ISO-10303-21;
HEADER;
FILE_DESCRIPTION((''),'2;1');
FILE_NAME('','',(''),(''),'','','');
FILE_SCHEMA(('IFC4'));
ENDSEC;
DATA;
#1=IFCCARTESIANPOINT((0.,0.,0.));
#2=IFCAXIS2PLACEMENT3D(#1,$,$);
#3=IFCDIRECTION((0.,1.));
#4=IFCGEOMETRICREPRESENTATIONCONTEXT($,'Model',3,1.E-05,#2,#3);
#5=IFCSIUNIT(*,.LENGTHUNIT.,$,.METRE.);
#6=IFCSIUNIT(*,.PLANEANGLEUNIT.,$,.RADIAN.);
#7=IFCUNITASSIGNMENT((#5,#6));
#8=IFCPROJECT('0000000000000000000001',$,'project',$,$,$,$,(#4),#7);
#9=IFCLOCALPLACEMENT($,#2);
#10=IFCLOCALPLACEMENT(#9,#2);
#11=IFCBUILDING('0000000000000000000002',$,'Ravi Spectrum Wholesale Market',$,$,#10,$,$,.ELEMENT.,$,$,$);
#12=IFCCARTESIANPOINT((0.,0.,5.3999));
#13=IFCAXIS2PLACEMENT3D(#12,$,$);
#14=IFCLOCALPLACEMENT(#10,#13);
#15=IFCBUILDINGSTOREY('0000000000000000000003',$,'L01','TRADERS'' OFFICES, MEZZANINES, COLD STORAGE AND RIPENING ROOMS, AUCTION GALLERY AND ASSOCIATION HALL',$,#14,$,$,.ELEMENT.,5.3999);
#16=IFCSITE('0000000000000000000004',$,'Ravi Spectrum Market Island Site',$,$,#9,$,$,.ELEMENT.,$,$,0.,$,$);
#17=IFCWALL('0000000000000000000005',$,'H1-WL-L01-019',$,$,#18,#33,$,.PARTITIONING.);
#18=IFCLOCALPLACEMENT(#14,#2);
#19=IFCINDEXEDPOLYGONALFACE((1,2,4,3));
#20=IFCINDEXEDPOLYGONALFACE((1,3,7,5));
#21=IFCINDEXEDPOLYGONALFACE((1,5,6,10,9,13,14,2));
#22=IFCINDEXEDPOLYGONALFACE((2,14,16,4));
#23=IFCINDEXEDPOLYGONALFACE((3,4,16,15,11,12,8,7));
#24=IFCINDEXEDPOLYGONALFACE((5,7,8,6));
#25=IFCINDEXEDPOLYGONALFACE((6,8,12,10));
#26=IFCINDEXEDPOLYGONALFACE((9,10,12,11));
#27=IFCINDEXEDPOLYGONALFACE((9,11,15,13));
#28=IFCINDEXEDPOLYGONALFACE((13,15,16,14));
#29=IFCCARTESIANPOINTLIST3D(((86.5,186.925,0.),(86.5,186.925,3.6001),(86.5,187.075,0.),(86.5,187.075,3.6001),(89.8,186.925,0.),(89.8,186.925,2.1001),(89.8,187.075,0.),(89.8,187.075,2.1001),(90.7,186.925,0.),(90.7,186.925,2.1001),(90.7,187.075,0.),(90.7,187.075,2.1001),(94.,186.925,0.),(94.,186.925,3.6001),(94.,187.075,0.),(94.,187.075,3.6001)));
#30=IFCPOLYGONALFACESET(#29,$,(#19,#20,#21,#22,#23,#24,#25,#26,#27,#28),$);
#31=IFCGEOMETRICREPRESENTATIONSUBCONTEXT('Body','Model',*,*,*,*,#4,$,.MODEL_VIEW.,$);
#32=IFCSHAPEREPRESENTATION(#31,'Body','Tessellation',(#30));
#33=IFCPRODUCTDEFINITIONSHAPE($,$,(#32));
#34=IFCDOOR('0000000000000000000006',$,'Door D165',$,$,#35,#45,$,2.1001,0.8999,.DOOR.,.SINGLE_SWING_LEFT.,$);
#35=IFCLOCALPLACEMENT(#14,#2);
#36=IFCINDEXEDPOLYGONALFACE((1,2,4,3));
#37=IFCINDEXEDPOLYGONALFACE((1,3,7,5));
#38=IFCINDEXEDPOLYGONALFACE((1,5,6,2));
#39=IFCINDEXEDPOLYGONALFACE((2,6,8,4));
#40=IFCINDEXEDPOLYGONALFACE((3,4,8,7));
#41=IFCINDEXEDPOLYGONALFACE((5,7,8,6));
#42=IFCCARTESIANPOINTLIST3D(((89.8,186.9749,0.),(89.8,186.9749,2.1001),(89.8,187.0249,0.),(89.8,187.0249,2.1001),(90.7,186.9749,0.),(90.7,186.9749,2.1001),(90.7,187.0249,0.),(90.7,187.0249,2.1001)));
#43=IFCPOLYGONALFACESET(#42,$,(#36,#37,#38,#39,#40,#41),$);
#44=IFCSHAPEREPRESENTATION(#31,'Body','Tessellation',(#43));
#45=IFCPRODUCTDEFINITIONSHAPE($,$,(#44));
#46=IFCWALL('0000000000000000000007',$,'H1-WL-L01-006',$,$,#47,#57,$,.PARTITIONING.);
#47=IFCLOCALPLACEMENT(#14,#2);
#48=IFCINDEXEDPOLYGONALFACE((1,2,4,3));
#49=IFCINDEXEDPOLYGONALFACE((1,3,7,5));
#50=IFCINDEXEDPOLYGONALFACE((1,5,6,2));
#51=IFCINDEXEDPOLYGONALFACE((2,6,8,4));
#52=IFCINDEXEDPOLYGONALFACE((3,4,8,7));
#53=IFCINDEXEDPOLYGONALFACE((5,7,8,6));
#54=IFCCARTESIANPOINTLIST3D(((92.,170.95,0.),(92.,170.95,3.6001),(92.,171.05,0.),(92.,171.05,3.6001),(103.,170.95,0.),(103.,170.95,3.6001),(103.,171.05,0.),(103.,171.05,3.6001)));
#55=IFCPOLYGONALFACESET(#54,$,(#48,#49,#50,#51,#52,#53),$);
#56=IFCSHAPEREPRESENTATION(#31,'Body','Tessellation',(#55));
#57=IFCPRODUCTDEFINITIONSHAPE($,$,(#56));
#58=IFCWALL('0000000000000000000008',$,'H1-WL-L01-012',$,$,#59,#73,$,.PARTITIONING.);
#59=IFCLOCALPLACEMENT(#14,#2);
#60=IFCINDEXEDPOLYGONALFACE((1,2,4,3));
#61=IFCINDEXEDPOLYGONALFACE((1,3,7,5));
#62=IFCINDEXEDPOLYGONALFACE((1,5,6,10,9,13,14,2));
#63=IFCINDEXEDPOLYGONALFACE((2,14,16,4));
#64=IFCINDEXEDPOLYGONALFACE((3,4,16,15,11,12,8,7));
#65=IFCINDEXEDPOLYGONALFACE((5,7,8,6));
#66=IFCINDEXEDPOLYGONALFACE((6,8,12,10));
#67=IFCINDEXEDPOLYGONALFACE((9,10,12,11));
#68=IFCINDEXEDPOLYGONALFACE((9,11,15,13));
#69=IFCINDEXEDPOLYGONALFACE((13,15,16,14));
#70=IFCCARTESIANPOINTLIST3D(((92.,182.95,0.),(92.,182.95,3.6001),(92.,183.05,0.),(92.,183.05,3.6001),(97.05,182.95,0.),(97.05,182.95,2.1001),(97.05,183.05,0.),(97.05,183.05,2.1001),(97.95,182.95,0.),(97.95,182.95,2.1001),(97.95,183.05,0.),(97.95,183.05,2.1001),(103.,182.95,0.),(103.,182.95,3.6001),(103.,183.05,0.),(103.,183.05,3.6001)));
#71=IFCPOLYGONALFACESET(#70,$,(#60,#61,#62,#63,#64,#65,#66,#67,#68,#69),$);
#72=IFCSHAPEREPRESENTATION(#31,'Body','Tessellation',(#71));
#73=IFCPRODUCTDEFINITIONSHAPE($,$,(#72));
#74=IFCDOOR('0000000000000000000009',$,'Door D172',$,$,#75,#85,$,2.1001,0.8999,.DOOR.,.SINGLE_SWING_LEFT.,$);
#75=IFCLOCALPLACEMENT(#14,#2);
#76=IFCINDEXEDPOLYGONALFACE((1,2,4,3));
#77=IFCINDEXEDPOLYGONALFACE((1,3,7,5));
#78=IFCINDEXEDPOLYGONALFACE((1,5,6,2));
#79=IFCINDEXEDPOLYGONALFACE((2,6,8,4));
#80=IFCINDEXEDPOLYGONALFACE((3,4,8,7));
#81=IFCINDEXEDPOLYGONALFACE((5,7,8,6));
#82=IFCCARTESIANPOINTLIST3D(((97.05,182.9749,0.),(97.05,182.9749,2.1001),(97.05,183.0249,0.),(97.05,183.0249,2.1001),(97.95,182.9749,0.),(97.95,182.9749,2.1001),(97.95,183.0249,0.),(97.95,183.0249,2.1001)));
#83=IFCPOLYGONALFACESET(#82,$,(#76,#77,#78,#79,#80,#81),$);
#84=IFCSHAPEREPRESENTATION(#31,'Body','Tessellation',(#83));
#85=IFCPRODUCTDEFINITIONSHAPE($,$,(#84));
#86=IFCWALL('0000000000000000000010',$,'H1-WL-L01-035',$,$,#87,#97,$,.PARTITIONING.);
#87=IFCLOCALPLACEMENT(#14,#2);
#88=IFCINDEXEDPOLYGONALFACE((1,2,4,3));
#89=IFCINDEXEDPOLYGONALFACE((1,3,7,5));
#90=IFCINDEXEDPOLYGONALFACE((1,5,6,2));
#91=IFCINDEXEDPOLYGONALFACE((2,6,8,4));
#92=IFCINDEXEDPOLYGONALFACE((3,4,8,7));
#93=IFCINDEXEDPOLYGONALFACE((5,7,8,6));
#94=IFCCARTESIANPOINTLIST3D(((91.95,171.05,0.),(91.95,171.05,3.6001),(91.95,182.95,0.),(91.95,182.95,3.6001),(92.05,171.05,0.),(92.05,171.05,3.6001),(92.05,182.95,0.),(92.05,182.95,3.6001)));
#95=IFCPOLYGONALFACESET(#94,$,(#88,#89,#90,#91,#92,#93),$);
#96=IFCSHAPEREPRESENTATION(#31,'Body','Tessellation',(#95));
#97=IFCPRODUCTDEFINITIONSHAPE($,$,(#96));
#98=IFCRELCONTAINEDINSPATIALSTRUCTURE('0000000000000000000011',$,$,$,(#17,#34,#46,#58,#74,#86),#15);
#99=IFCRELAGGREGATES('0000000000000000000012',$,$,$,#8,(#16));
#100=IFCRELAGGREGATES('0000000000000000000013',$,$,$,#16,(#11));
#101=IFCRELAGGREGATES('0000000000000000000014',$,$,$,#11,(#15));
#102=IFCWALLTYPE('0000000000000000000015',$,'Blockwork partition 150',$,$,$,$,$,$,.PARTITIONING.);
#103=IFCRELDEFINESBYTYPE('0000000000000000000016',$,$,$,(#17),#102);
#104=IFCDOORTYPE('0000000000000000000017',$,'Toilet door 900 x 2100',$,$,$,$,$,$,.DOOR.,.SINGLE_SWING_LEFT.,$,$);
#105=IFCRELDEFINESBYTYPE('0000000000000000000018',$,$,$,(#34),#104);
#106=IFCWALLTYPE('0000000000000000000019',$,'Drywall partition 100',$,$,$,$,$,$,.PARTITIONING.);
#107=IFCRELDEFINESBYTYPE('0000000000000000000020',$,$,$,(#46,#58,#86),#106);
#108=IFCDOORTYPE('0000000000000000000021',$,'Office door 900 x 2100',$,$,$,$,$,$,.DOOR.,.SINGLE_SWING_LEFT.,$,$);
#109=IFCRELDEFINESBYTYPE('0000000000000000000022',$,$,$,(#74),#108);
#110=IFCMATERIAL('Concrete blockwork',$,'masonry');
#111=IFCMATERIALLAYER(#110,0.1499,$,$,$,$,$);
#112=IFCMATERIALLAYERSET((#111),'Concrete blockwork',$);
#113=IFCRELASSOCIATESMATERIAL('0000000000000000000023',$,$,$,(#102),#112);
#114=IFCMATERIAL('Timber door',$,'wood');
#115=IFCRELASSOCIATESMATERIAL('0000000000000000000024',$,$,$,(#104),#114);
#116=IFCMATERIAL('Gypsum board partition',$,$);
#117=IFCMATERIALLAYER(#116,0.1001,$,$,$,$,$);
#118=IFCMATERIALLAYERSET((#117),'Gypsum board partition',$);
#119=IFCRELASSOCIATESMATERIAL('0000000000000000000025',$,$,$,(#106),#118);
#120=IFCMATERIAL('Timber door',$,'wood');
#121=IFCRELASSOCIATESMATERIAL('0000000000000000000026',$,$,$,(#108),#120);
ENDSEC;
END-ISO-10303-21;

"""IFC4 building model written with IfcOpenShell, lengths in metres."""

from ifc_helpers import new_model, si_unit, direction, frame, frame_2d, origin, place, context, subcontext, project, spatial, rectangle, extrude, material, layer, layer_set, type_object, element, fill, save


model = new_model("IFC4")

# Units and contexts
model_context = context("Model", 3, precision=1e-05, world=origin(), true_north=direction((0.0, 1.0)))
body_context = subcontext(model_context, "Body", "Model", "MODEL_VIEW")
ifc_project = project(units=[si_unit("LENGTHUNIT", "METRE"), si_unit("PLANEANGLEUNIT", "RADIAN")], contexts=[model_context])

# Site, building, storey
site_placement = place(None, origin())
site = spatial("IfcSite", under=ifc_project, at=site_placement, Name="Ravi Spectrum Market Island Site", CompositionType="ELEMENT", RefElevation=0.0)
building_placement = place(site_placement, origin())
building = spatial("IfcBuilding", under=site, at=building_placement, Name="Ravi Spectrum Wholesale Market", CompositionType="ELEMENT")
storey_placement = place(building_placement, frame((0.0, 0.0, 5.3999)))
storey = spatial("IfcBuildingStorey", under=building, at=storey_placement, Name="L01", Description="TRADERS' OFFICES, MEZZANINES, COLD STORAGE AND RIPENING ROOMS, AUCTION GALLERY AND ASSOCIATION HALL", CompositionType="ELEMENT", Elevation=5.3999)

# Wall, opening, door
ifc_material_1 = material(Name="Concrete blockwork", Category="masonry")
ifc_layer_1 = layer(ifc_material_1, 0.1499)
ifc_layer_set_1 = layer_set([ifc_layer_1], Name="Concrete blockwork")
wall_type_1 = type_object("IfcWallType", Name="Blockwork partition 150", PredefinedType="PARTITIONING", material=ifc_layer_set_1)
wall_1_placement = place(storey_placement, frame((86.5, 187.0, 0.0), z_axis=(0.0, 0.0, 1.0), x_axis=(1.0, 0.0, 0.0)))
wall_1 = element("IfcWall", 1, at=wall_1_placement, inside=storey, type_object=wall_type_1, Name="H1-WL-L01-019", PredefinedType="PARTITIONING", context=body_context, shape_type="SweptSolid", body=[
    extrude(rectangle(XDim=7.5, YDim=0.1499, at=frame_2d((3.75, 0.0))), origin(), (0.0, 0.0, 1.0), 3.6001),
])
opening_1_placement = place(wall_1_placement, frame((3.3, 0.0, 0.0)))
opening_1 = element("IfcOpeningElement", 2, at=opening_1_placement, cuts=wall_1, PredefinedType="OPENING", context=body_context, shape_type="SweptSolid", body=[
    extrude(rectangle(XDim=0.8999, YDim=2.1001, at=frame_2d((0.45, 1.05))), frame((0.0, 0.085, 0.0), z_axis=(0.0, -1.0, 0.0), x_axis=(1.0, 0.0, 0.0)), (0.0, 0.0, 1.0), 0.1699),
])
ifc_material_2 = material(Name="Timber door", Category="wood")
door_type_1 = type_object("IfcDoorType", Name="Toilet door 900 x 2100", OperationType="SINGLE_SWING_LEFT", PredefinedType="DOOR", material=ifc_material_2)
door_1_placement = place(opening_1_placement, origin())
door_1 = element("IfcDoor", 3, at=door_1_placement, inside=storey, type_object=door_type_1, Name="Door D165", OperationType="SINGLE_SWING_LEFT", OverallHeight=2.1001, OverallWidth=0.8999, PredefinedType="DOOR", context=body_context, shape_type="SweptSolid", body=[
    extrude(rectangle(XDim=0.8999, YDim=2.1001, at=frame_2d((0.45, 1.05))), frame((0.0, 0.0249, 0.0), z_axis=(0.0, -1.0, 0.0), x_axis=(1.0, 0.0, 0.0)), (0.0, 0.0, 1.0), 0.05),
])
fill(opening_1, door_1)

# Wall
ifc_material_3 = material(Name="Gypsum board partition")
ifc_layer_2 = layer(ifc_material_3, 0.1001)
ifc_layer_set_2 = layer_set([ifc_layer_2], Name="Gypsum board partition")
wall_type_2 = type_object("IfcWallType", Name="Drywall partition 100", PredefinedType="PARTITIONING", material=ifc_layer_set_2)
wall_2_placement = place(storey_placement, frame((92.0, 171.0, 0.0), z_axis=(0.0, 0.0, 1.0), x_axis=(1.0, 0.0, 0.0)))
element("IfcWall", 4, at=wall_2_placement, inside=storey, type_object=wall_type_2, Name="H1-WL-L01-006", PredefinedType="PARTITIONING", context=body_context, shape_type="SweptSolid", body=[
    extrude(rectangle(XDim=11.0, YDim=0.1001, at=frame_2d((5.5, 0.0))), origin(), (0.0, 0.0, 1.0), 3.6001),
])

# Wall, opening, door
wall_3_placement = place(storey_placement, frame((92.0, 183.0, 0.0), z_axis=(0.0, 0.0, 1.0), x_axis=(1.0, 0.0, 0.0)))
wall_3 = element("IfcWall", 5, at=wall_3_placement, inside=storey, type_object=wall_type_2, Name="H1-WL-L01-012", PredefinedType="PARTITIONING", context=body_context, shape_type="SweptSolid", body=[
    extrude(rectangle(XDim=11.0, YDim=0.1001, at=frame_2d((5.5, 0.0))), origin(), (0.0, 0.0, 1.0), 3.6001),
])
opening_2_placement = place(wall_3_placement, frame((5.05, 0.0, 0.0)))
opening_2 = element("IfcOpeningElement", 6, at=opening_2_placement, cuts=wall_3, PredefinedType="OPENING", context=body_context, shape_type="SweptSolid", body=[
    extrude(rectangle(XDim=0.8999, YDim=2.1001, at=frame_2d((0.45, 1.05))), frame((0.0, 0.0601, 0.0), z_axis=(0.0, -1.0, 0.0), x_axis=(1.0, 0.0, 0.0)), (0.0, 0.0, 1.0), 0.1201),
])
ifc_material_4 = material(Name="Timber door", Category="wood")
door_type_2 = type_object("IfcDoorType", Name="Office door 900 x 2100", OperationType="SINGLE_SWING_LEFT", PredefinedType="DOOR", material=ifc_material_4)
door_2_placement = place(opening_2_placement, origin())
door_2 = element("IfcDoor", 7, at=door_2_placement, inside=storey, type_object=door_type_2, Name="Door D172", OperationType="SINGLE_SWING_LEFT", OverallHeight=2.1001, OverallWidth=0.8999, PredefinedType="DOOR", context=body_context, shape_type="SweptSolid", body=[
    extrude(rectangle(XDim=0.8999, YDim=2.1001, at=frame_2d((0.45, 1.05))), frame((0.0, 0.0249, 0.0), z_axis=(0.0, -1.0, 0.0), x_axis=(1.0, 0.0, 0.0)), (0.0, 0.0, 1.0), 0.05),
])
fill(opening_2, door_2)

# Wall
wall_4_placement = place(storey_placement, frame((92.0, 171.05, 0.0), z_axis=(0.0, 0.0, 1.0), x_axis=(0.0, 1.0, 0.0)))
element("IfcWall", 8, at=wall_4_placement, inside=storey, type_object=wall_type_2, Name="H1-WL-L01-035", PredefinedType="PARTITIONING", context=body_context, shape_type="SweptSolid", body=[
    extrude(rectangle(XDim=11.8999, YDim=0.1001, at=frame_2d((5.95, 0.0))), origin(), (0.0, 0.0, 1.0), 3.6001),
])

save(model, "model.ifc")
